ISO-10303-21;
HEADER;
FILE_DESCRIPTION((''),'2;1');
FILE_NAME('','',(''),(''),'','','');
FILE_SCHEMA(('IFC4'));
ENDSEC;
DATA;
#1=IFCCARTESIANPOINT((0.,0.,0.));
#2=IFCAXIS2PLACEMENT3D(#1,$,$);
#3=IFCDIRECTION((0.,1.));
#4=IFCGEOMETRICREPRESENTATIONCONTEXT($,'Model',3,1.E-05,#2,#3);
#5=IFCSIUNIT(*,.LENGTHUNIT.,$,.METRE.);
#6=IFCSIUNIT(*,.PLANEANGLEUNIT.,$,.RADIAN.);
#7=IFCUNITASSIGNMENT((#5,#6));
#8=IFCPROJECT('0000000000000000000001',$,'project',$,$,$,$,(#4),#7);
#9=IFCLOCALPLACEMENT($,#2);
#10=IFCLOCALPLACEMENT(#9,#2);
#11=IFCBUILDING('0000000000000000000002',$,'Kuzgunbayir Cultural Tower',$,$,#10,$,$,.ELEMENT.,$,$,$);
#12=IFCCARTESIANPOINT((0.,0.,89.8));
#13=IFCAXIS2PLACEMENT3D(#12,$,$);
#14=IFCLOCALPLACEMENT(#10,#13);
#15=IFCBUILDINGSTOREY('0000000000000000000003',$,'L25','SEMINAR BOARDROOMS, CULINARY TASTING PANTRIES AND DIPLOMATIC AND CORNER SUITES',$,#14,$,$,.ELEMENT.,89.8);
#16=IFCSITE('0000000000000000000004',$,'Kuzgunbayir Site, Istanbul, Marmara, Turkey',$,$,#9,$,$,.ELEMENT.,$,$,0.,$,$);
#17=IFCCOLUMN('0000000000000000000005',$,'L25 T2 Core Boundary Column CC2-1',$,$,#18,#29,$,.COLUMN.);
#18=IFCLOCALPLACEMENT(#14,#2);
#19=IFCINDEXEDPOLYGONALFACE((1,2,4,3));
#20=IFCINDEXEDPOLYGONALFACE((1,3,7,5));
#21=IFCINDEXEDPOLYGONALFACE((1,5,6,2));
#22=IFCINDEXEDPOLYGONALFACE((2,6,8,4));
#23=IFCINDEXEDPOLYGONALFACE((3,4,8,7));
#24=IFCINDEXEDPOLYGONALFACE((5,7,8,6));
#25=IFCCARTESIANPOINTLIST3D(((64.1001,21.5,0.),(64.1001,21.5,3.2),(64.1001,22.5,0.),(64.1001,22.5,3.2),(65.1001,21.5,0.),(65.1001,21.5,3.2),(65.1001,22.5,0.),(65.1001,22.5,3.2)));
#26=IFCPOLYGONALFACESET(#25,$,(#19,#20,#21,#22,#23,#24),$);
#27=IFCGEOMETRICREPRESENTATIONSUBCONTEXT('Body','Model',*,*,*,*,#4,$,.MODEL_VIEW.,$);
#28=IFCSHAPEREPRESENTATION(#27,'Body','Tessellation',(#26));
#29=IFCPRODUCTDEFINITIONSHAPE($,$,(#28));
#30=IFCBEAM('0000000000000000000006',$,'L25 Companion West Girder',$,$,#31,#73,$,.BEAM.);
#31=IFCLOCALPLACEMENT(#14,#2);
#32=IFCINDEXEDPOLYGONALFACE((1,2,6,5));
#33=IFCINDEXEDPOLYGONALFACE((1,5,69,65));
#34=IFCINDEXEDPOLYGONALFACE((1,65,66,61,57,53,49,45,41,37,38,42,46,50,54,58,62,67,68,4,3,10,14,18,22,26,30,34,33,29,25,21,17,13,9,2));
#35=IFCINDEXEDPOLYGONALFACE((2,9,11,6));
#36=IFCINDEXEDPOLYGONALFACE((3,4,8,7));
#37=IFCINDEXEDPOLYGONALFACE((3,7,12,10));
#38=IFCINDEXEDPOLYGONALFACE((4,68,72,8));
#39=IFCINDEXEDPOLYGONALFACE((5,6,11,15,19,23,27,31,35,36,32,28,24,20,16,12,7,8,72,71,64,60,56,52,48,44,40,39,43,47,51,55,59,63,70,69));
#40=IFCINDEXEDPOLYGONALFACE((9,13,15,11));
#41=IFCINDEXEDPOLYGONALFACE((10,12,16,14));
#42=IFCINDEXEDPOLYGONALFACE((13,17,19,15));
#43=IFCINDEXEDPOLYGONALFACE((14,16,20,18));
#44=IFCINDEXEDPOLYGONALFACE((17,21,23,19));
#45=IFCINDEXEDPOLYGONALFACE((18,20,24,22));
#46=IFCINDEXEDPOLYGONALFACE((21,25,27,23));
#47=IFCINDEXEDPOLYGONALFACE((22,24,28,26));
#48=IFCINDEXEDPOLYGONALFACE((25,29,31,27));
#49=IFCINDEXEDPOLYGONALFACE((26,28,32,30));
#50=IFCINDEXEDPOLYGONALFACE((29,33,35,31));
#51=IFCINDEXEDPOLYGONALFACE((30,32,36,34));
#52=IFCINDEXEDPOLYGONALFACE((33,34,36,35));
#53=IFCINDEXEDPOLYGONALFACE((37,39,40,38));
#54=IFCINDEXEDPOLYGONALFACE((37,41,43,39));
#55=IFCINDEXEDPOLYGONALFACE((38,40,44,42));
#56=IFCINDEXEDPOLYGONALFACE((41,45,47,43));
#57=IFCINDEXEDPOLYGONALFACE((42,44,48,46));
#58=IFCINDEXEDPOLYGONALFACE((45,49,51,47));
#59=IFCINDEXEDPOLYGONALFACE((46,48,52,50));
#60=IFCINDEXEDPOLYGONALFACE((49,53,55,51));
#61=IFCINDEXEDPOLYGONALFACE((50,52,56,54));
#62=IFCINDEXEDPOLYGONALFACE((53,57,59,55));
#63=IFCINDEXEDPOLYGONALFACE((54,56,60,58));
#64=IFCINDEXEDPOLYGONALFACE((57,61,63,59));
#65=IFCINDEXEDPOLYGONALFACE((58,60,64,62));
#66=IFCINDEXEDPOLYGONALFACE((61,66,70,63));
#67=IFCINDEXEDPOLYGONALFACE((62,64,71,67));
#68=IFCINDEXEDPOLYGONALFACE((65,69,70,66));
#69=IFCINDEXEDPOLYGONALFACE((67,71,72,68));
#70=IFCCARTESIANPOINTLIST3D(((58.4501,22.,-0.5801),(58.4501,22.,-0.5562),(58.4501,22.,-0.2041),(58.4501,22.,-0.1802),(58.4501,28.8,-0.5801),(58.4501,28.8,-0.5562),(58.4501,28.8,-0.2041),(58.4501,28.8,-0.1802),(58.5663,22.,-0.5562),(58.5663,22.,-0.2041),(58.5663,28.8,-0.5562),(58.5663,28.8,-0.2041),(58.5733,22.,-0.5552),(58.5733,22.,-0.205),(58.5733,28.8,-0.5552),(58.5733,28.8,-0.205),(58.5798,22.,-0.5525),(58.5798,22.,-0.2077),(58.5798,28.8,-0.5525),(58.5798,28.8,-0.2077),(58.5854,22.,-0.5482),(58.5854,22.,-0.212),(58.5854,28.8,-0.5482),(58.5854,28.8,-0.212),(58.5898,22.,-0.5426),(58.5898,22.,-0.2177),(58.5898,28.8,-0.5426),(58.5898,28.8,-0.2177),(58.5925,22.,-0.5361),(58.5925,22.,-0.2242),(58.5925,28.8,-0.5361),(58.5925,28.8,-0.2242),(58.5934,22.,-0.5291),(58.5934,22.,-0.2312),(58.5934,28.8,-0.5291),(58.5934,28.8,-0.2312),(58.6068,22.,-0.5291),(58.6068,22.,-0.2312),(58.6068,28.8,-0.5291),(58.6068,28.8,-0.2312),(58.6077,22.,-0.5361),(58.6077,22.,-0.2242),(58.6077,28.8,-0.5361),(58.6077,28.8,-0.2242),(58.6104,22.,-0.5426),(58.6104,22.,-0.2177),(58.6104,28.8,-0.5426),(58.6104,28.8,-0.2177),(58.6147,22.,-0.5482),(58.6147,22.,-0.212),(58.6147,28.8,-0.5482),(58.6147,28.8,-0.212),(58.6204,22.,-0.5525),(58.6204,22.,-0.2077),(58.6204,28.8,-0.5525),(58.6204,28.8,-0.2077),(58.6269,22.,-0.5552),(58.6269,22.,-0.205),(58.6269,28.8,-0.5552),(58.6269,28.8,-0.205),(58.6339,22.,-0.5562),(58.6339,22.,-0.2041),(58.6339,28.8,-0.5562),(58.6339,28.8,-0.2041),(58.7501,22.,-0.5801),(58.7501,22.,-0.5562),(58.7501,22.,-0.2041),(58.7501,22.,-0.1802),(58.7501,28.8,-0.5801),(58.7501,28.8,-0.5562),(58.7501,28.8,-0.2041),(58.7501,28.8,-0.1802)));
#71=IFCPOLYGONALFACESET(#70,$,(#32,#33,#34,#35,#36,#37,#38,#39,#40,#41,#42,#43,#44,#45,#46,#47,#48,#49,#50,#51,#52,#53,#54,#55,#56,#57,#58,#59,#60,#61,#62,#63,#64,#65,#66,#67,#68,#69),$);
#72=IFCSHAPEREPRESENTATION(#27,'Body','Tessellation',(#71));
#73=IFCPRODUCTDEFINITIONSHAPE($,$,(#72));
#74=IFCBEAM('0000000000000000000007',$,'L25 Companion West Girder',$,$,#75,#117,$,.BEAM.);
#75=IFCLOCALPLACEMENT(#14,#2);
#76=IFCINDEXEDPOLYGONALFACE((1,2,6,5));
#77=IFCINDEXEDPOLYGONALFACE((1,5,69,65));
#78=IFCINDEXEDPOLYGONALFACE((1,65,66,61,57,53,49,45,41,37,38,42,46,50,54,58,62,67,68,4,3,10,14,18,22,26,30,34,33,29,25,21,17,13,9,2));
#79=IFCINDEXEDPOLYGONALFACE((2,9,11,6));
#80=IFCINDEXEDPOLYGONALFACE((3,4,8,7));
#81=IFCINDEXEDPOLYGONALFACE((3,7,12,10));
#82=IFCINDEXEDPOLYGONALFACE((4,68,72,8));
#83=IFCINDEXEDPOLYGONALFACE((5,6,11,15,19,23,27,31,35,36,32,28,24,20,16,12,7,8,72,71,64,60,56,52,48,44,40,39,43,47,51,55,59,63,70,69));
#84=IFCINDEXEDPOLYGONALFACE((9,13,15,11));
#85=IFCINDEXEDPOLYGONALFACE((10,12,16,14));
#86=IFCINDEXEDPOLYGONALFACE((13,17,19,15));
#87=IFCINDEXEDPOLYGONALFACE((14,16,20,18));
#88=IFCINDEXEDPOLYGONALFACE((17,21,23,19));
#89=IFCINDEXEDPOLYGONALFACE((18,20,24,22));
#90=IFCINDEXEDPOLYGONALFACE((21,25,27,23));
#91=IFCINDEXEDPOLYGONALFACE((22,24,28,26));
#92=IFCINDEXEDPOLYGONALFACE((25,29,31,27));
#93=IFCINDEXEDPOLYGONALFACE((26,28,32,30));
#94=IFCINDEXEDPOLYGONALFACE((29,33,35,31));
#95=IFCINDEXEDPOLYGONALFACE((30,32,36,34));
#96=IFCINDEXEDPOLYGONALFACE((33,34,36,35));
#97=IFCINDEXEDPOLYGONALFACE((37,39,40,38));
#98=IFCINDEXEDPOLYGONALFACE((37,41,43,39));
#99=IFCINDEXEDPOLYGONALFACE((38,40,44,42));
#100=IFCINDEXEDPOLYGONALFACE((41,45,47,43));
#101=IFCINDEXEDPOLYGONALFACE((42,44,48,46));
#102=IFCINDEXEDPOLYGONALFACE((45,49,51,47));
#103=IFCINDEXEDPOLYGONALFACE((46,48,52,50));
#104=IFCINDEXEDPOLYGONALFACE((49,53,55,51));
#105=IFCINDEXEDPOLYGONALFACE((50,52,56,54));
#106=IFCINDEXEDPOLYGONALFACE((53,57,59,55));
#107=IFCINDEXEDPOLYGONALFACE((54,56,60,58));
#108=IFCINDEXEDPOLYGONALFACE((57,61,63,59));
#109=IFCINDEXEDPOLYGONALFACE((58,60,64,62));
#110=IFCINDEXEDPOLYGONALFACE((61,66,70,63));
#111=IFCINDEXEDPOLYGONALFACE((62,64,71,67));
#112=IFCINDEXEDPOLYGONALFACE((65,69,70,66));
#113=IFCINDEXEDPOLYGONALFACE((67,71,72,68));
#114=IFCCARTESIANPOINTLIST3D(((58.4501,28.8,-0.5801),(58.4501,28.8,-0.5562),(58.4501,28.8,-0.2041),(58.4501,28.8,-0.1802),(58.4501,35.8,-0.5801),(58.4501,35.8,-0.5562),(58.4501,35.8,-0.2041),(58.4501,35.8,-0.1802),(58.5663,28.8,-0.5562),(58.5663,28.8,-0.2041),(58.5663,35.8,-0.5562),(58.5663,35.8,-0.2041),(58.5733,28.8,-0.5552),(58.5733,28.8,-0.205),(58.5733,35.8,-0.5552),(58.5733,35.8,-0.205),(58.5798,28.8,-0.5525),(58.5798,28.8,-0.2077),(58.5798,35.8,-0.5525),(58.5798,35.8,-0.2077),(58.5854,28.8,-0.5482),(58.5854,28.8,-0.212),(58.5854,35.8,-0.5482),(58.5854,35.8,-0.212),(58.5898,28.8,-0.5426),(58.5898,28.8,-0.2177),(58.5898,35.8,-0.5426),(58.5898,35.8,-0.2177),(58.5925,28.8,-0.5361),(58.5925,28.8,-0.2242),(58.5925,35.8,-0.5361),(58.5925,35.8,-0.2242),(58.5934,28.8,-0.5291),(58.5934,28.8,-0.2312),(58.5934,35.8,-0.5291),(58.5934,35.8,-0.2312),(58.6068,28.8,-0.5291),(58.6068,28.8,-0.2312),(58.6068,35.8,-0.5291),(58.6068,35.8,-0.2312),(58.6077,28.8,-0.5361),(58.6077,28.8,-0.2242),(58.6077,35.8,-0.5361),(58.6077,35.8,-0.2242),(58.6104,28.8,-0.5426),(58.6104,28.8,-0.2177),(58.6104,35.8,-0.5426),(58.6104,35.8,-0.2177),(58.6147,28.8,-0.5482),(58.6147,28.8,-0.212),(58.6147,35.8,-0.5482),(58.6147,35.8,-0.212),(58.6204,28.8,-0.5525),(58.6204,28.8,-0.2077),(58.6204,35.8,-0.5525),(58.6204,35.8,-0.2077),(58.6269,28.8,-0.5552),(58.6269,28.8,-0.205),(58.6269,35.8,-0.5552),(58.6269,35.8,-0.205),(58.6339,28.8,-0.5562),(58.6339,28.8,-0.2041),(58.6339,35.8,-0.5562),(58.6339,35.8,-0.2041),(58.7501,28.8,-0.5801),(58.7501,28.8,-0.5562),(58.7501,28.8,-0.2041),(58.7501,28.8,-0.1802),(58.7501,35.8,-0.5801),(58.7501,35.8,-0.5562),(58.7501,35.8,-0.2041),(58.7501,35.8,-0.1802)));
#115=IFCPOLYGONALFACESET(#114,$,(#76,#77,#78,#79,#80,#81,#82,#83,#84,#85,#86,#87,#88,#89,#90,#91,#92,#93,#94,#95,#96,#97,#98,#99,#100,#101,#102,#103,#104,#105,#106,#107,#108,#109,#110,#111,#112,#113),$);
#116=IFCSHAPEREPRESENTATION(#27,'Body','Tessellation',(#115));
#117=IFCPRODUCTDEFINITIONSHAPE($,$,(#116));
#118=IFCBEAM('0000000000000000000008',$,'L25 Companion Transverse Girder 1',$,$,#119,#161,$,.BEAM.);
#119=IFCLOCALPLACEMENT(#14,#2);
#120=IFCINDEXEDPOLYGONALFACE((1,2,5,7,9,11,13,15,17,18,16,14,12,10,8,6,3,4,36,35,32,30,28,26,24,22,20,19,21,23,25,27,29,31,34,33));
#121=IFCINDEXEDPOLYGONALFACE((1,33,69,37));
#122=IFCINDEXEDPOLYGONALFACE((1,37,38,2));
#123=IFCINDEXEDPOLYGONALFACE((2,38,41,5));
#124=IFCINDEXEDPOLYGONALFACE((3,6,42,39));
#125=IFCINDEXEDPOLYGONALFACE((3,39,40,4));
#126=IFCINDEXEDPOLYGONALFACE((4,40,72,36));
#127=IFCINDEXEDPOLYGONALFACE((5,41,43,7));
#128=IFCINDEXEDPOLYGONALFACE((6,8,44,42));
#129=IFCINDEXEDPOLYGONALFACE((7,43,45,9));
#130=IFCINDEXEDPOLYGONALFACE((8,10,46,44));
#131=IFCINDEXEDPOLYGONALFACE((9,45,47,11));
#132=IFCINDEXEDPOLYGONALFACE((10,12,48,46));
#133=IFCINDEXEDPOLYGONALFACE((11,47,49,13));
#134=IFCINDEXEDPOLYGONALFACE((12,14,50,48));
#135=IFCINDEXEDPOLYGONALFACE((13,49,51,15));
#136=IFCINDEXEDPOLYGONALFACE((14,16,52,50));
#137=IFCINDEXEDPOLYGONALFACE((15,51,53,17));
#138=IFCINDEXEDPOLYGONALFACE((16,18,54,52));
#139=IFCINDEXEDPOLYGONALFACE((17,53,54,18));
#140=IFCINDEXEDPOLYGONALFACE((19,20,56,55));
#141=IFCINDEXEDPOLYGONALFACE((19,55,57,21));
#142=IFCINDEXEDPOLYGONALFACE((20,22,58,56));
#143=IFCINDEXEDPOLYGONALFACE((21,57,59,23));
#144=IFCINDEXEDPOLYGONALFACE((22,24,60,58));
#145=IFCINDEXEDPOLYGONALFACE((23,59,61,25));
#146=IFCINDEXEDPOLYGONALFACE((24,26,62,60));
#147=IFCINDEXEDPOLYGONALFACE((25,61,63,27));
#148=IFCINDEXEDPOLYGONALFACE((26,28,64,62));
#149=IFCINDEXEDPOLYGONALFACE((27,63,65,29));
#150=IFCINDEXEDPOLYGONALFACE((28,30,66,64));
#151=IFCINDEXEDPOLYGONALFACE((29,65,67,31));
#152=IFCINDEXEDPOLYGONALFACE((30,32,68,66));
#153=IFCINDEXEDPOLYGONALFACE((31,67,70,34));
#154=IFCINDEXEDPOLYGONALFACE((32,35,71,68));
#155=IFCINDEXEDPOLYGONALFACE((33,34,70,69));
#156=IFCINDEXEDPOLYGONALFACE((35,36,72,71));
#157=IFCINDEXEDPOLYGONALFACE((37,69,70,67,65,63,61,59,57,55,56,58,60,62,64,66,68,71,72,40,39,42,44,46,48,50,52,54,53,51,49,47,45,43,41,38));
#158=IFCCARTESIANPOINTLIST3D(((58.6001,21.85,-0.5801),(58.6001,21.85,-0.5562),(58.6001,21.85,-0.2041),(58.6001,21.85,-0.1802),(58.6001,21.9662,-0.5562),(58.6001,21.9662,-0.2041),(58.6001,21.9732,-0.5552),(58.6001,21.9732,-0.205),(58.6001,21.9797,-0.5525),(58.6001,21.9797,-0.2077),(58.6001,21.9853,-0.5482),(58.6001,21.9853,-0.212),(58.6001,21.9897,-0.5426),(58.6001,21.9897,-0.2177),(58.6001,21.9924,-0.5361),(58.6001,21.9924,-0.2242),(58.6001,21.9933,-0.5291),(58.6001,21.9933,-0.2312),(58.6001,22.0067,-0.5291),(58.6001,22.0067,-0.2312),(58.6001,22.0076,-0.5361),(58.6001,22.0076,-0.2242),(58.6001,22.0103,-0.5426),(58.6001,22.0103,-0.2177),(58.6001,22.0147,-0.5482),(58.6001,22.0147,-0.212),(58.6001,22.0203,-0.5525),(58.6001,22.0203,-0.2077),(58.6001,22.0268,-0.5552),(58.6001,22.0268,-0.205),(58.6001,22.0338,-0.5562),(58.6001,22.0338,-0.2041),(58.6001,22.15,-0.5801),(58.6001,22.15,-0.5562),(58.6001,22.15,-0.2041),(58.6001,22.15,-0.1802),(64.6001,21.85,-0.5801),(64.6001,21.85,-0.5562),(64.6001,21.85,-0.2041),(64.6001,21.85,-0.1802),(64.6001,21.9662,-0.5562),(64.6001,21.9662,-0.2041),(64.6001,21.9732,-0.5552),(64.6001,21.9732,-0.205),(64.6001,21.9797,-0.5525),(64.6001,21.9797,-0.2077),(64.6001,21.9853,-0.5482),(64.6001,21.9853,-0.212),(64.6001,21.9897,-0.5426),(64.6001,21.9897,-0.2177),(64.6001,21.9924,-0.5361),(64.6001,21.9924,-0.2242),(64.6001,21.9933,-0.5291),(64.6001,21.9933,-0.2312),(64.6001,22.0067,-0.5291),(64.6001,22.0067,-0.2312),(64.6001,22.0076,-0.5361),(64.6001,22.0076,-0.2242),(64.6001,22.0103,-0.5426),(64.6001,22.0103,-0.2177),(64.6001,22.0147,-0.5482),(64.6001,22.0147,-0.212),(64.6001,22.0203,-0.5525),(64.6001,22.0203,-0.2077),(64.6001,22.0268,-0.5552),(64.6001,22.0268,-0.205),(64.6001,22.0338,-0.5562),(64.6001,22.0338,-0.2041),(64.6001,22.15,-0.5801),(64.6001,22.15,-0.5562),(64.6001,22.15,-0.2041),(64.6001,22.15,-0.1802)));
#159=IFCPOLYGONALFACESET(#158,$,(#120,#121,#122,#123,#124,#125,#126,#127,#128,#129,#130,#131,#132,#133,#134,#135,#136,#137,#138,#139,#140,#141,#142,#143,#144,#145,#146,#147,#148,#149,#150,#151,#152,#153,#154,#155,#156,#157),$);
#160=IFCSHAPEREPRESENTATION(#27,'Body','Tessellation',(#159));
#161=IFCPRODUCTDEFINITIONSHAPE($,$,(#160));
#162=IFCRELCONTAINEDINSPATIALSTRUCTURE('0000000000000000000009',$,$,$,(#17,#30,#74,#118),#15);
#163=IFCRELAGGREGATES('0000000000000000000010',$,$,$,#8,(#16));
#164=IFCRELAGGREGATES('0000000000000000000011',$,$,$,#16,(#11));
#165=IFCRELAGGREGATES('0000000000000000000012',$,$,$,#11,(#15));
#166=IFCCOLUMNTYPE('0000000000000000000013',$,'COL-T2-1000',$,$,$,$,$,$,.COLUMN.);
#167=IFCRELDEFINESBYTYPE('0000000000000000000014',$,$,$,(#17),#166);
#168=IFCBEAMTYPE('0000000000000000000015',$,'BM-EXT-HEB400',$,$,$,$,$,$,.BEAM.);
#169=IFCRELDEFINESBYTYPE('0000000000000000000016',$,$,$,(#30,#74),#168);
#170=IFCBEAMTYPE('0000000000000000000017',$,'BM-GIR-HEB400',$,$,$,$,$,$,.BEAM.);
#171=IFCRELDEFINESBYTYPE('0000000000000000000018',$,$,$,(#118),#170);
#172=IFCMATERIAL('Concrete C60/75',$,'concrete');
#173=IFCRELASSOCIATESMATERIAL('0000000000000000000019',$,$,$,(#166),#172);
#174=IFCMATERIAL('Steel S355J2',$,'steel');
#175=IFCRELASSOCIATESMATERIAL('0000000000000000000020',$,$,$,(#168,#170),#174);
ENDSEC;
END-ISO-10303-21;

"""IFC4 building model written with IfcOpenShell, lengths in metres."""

from ifc_helpers import new_model, si_unit, direction, frame, origin, origin_2d, place, context, subcontext, project, spatial, rectangle, i_section, extrude, material, material_profile, profile_set, type_object, element, save


model = new_model("IFC4")

# Units and contexts
model_context = context("Model", 3, precision=1e-05, world=origin(), true_north=direction((0.0, 1.0)))
body_context = subcontext(model_context, "Body", "Model", "MODEL_VIEW")
ifc_project = project(units=[si_unit("LENGTHUNIT", "METRE"), si_unit("PLANEANGLEUNIT", "RADIAN")], contexts=[model_context])

# Site, building, storey
site_placement = place(None, origin())
site = spatial("IfcSite", under=ifc_project, at=site_placement, Name="Kuzgunbayir Site, Istanbul, Marmara, Turkey", CompositionType="ELEMENT", RefElevation=0.0)
building_placement = place(site_placement, origin())
building = spatial("IfcBuilding", under=site, at=building_placement, Name="Kuzgunbayir Cultural Tower", CompositionType="ELEMENT")
storey_placement = place(building_placement, frame((0.0, 0.0, 89.8)))
storey = spatial("IfcBuildingStorey", under=building, at=storey_placement, Name="L25", Description="SEMINAR BOARDROOMS, CULINARY TASTING PANTRIES AND DIPLOMATIC AND CORNER SUITES", CompositionType="ELEMENT", Elevation=89.8)

# Column
ifc_material_1 = material(Name="Concrete C60/75", Category="concrete")
ifc_material_profile_1 = material_profile(ifc_material_1, rectangle(XDim=1.0, YDim=1.0, at=origin_2d()), Name="RC 1000x1000")
ifc_profile_set_1 = profile_set([ifc_material_profile_1], Name="Concrete C60/75")
column_type = type_object("IfcColumnType", Name="COL-T2-1000", PredefinedType="COLUMN", material=ifc_profile_set_1)
column_placement = place(storey_placement, frame((64.6001, 22.0, 0.0), z_axis=(0.0, 0.0, 1.0), x_axis=(1.0, 0.0, 0.0)))
element("IfcColumn", 1, at=column_placement, inside=storey, type_object=column_type, Name="L25 T2 Core Boundary Column CC2-1", PredefinedType="COLUMN", context=body_context, shape_type="SweptSolid", body=[
    extrude(rectangle(XDim=1.0, YDim=1.0, at=origin_2d()), origin(), (0.0, 0.0, 1.0), 3.2),
])

# Beams
ifc_material_2 = material(Name="Steel S355J2", Category="steel")
ifc_material_profile_2 = material_profile(ifc_material_2, i_section(OverallWidth=0.3, OverallDepth=0.3999, WebThickness=0.0134, FlangeThickness=0.0239, FilletRadius=0.0271, at=origin_2d()), Name="HEB 400")
ifc_profile_set_2 = profile_set([ifc_material_profile_2], Name="Steel S355J2")
beam_type_1 = type_object("IfcBeamType", Name="BM-EXT-HEB400", PredefinedType="BEAM", material=ifc_profile_set_2)
beam_1_placement = place(storey_placement, frame((58.6001, 22.0, -0.3801), z_axis=(0.0, 1.0, 0.0), x_axis=(-1.0, 0.0, 0.0)))
element("IfcBeam", 2, at=beam_1_placement, inside=storey, type_object=beam_type_1, Name="L25 Companion West Girder", PredefinedType="BEAM", context=body_context, shape_type="SweptSolid", body=[
    extrude(i_section(OverallWidth=0.3, OverallDepth=0.3999, WebThickness=0.0134, FlangeThickness=0.0239, FilletRadius=0.0271, at=origin_2d()), origin(), (0.0, 0.0, 1.0), 6.8),
])
beam_2_placement = place(storey_placement, frame((58.6001, 28.8, -0.3801), z_axis=(0.0, 1.0, 0.0), x_axis=(-1.0, 0.0, 0.0)))
element("IfcBeam", 3, at=beam_2_placement, inside=storey, type_object=beam_type_1, Name="L25 Companion West Girder", PredefinedType="BEAM", context=body_context, shape_type="SweptSolid", body=[
    extrude(i_section(OverallWidth=0.3, OverallDepth=0.3999, WebThickness=0.0134, FlangeThickness=0.0239, FilletRadius=0.0271, at=origin_2d()), origin(), (0.0, 0.0, 1.0), 7.0),
])
ifc_material_profile_3 = material_profile(ifc_material_2, i_section(OverallWidth=0.3, OverallDepth=0.3999, WebThickness=0.0134, FlangeThickness=0.0239, FilletRadius=0.0271, at=origin_2d()), Name="HEB 400")
ifc_profile_set_3 = profile_set([ifc_material_profile_3], Name="Steel S355J2")
beam_type_2 = type_object("IfcBeamType", Name="BM-GIR-HEB400", PredefinedType="BEAM", material=ifc_profile_set_3)
beam_3_placement = place(storey_placement, frame((58.6001, 22.0, -0.3801), z_axis=(1.0, 0.0, 0.0), x_axis=(0.0, 1.0, 0.0)))
element("IfcBeam", 4, at=beam_3_placement, inside=storey, type_object=beam_type_2, Name="L25 Companion Transverse Girder 1", PredefinedType="BEAM", context=body_context, shape_type="SweptSolid", body=[
    extrude(i_section(OverallWidth=0.3, OverallDepth=0.3999, WebThickness=0.0134, FlangeThickness=0.0239, FilletRadius=0.0271, at=origin_2d()), origin(), (0.0, 0.0, 1.0), 6.0),
])

save(model, "model.ifc")
